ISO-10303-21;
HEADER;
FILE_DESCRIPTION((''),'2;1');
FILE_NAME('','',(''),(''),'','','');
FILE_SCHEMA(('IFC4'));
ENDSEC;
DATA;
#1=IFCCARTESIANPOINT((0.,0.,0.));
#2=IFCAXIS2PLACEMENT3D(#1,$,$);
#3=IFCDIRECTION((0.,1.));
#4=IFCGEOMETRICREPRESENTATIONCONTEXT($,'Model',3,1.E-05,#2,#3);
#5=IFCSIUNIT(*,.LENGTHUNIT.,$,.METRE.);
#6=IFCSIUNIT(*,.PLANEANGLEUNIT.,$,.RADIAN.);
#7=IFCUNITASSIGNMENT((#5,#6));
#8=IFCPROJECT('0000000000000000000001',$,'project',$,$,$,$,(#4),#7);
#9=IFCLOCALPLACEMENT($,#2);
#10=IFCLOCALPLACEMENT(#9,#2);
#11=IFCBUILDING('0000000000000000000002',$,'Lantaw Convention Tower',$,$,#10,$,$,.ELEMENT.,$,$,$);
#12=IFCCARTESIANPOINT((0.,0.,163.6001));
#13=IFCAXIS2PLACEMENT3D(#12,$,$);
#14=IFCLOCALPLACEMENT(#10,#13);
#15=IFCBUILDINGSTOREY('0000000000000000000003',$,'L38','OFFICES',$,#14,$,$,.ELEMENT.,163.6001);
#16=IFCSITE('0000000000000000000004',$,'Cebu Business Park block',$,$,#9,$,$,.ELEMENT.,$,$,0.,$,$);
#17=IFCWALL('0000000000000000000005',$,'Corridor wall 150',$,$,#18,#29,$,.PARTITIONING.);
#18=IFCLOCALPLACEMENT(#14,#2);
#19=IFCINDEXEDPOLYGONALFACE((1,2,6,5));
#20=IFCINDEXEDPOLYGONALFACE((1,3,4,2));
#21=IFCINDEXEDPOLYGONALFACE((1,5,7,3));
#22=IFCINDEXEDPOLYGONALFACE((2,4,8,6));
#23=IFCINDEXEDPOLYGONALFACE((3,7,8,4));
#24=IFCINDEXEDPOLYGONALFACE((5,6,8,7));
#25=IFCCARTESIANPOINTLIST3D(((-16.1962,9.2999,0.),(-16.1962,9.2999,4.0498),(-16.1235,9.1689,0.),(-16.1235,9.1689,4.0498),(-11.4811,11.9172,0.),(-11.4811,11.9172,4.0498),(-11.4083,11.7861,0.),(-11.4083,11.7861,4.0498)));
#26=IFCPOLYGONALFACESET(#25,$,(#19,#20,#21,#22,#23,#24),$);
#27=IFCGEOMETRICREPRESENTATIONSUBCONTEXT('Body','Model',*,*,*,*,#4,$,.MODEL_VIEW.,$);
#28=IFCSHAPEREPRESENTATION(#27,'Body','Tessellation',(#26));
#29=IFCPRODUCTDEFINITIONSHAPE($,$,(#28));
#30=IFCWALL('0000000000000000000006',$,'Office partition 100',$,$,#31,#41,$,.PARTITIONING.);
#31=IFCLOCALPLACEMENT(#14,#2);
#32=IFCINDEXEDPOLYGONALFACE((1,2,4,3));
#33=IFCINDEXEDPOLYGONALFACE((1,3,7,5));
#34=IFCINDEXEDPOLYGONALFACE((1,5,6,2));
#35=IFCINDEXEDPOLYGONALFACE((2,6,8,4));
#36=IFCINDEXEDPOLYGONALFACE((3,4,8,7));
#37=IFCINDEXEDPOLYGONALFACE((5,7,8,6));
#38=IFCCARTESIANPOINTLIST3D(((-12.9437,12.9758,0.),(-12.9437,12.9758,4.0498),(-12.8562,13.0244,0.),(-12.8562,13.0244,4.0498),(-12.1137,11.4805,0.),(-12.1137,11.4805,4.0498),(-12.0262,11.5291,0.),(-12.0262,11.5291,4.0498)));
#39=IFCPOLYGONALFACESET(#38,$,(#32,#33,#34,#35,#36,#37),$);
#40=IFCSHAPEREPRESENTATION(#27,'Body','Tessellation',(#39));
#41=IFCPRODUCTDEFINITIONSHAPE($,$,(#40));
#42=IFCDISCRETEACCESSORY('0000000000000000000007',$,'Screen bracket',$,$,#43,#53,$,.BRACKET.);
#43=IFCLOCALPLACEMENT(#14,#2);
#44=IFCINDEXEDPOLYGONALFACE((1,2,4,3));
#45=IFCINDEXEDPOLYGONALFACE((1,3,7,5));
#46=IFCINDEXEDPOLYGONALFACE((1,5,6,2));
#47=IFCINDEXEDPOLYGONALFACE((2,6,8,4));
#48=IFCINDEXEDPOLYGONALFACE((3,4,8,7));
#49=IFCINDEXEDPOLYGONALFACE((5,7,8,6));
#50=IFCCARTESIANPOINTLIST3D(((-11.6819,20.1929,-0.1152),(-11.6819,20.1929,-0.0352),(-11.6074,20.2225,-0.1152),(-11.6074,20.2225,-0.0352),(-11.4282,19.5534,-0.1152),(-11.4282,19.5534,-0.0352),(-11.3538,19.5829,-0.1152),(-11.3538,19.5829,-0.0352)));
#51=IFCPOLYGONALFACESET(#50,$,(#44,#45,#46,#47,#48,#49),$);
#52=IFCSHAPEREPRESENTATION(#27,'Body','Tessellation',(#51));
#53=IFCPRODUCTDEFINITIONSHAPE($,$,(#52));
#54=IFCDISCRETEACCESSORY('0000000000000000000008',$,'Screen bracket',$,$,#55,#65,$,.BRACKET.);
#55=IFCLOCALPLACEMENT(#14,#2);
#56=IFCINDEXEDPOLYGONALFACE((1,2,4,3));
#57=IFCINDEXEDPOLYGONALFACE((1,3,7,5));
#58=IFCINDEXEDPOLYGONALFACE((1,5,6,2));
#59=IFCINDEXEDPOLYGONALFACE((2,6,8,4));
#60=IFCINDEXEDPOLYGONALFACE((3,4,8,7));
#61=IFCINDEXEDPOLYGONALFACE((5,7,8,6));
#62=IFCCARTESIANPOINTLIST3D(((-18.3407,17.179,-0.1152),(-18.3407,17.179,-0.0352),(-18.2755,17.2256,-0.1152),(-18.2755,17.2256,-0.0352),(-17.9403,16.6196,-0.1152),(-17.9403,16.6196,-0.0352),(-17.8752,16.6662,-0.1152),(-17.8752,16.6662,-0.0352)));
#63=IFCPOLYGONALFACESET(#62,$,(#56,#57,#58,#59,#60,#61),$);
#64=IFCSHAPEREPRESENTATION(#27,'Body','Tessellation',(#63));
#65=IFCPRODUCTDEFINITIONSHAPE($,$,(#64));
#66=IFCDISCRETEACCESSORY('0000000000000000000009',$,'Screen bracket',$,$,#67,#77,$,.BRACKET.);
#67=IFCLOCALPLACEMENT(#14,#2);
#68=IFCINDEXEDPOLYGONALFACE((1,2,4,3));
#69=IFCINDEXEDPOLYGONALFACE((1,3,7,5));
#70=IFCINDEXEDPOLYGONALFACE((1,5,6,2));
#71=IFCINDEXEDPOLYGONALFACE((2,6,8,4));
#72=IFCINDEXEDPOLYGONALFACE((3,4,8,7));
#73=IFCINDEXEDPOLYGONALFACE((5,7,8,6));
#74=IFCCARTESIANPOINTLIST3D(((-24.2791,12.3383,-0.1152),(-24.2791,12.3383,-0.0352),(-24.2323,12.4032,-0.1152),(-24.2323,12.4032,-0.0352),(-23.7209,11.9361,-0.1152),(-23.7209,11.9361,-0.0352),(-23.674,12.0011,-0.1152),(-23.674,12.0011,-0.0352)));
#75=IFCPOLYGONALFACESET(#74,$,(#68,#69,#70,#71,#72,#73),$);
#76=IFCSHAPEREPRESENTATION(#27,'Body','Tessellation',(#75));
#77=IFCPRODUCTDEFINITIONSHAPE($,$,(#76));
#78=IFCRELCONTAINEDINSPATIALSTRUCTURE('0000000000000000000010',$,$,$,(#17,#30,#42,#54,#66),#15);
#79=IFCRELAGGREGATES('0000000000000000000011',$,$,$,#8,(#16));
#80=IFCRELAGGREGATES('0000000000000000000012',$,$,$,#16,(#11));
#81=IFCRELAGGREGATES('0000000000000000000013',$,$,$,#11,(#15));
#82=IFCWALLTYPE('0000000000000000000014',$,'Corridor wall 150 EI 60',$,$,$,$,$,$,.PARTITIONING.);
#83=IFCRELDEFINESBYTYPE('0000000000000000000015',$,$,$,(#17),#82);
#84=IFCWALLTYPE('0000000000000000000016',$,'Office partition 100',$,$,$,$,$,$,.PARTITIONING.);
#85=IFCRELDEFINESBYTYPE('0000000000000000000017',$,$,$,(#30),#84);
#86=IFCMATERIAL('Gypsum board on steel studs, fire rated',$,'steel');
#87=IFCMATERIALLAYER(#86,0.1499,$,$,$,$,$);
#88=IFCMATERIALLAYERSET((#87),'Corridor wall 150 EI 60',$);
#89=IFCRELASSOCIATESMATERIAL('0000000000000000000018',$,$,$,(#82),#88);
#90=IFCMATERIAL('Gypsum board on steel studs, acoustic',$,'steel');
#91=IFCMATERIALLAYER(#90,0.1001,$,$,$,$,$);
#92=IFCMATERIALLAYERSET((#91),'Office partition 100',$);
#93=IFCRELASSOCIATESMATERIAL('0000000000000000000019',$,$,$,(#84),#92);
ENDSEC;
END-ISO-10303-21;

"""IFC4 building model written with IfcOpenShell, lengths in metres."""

from ifc_helpers import new_model, si_unit, direction, frame, frame_2d, origin, origin_2d, place, context, subcontext, project, spatial, rectangle, extrude, material, layer, layer_set, type_object, element, save


model = new_model("IFC4")

# Units and contexts
model_context = context("Model", 3, precision=1e-05, world=origin(), true_north=direction((0.0, 1.0)))
body_context = subcontext(model_context, "Body", "Model", "MODEL_VIEW")
ifc_project = project(units=[si_unit("LENGTHUNIT", "METRE"), si_unit("PLANEANGLEUNIT", "RADIAN")], contexts=[model_context])

# Site, building, storey
site_placement = place(None, origin())
site = spatial("IfcSite", under=ifc_project, at=site_placement, Name="Cebu Business Park block", CompositionType="ELEMENT", RefElevation=0.0)
building_placement = place(site_placement, origin())
building = spatial("IfcBuilding", under=site, at=building_placement, Name="Lantaw Convention Tower", CompositionType="ELEMENT")
storey_placement = place(building_placement, frame((0.0, 0.0, 163.6001)))
storey = spatial("IfcBuildingStorey", under=building, at=storey_placement, Name="L38", Description="OFFICES", CompositionType="ELEMENT", Elevation=163.6001)

# Walls
ifc_material_1 = material(Name="Gypsum board on steel studs, fire rated", Category="steel")
ifc_layer_1 = layer(ifc_material_1, 0.1499)
ifc_layer_set_1 = layer_set([ifc_layer_1], Name="Corridor wall 150 EI 60")
wall_type_1 = type_object("IfcWallType", Name="Corridor wall 150 EI 60", PredefinedType="PARTITIONING", material=ifc_layer_set_1)
wall_1_placement = place(storey_placement, frame((-11.4448, 11.8516, 0.0), z_axis=(0.0, 0.0, 1.0), x_axis=(-0.874339, -0.485316, 0.0)))
element("IfcWall", 1, at=wall_1_placement, inside=storey, type_object=wall_type_1, Name="Corridor wall 150", PredefinedType="PARTITIONING", context=body_context, shape_type="SweptSolid", body=[
    extrude(rectangle(XDim=5.3928, YDim=0.1499, at=frame_2d((2.6963, 0.0))), origin(), (0.0, 0.0, 1.0), 4.0498),
])
ifc_material_2 = material(Name="Gypsum board on steel studs, acoustic", Category="steel")
ifc_layer_2 = layer(ifc_material_2, 0.1001)
ifc_layer_set_2 = layer_set([ifc_layer_2], Name="Office partition 100")
wall_type_2 = type_object("IfcWallType", Name="Office partition 100", PredefinedType="PARTITIONING", material=ifc_layer_set_2)
wall_2_placement = place(storey_placement, frame((-12.8999, 13.0, 0.0), z_axis=(0.0, 0.0, 1.0), x_axis=(0.48534, -0.874326, 0.0)))
element("IfcWall", 2, at=wall_2_placement, inside=storey, type_object=wall_type_2, Name="Office partition 100", PredefinedType="PARTITIONING", context=body_context, shape_type="SweptSolid", body=[
    extrude(rectangle(XDim=1.7102, YDim=0.1001, at=frame_2d((0.855, 0.0))), origin(), (0.0, 0.0, 1.0), 4.0498),
])

# Discrete accessories
for number, where, z_axis, x_axis, name in (
    (3, (-11.5178, 19.8879, -0.1152), (0.0, 0.0, 1.0), (-0.929548, -0.368702, 0.0), "Screen bracket"),
    (4, (-18.1079, 16.9226, -0.1152), (0.0, 0.0, 1.0), (-0.813208, -0.581973, 0.0), "Screen bracket"),
    (5, (-23.9766, 12.1697, -0.1152), (0.0, 0.0, 1.0), (-0.584513, -0.811385, 0.0), "Screen bracket"),
):
    element("IfcDiscreteAccessory", number, at=place(storey_placement, frame(where, z_axis=z_axis, x_axis=x_axis)), inside=storey, Name=name, PredefinedType="BRACKET", context=body_context, shape_type="SweptSolid", body=[
        extrude(rectangle(XDim=0.0801, YDim=0.688, at=origin_2d()), origin(), (0.0, 0.0, 1.0), 0.0801),
    ])

save(model, "model.ifc")
